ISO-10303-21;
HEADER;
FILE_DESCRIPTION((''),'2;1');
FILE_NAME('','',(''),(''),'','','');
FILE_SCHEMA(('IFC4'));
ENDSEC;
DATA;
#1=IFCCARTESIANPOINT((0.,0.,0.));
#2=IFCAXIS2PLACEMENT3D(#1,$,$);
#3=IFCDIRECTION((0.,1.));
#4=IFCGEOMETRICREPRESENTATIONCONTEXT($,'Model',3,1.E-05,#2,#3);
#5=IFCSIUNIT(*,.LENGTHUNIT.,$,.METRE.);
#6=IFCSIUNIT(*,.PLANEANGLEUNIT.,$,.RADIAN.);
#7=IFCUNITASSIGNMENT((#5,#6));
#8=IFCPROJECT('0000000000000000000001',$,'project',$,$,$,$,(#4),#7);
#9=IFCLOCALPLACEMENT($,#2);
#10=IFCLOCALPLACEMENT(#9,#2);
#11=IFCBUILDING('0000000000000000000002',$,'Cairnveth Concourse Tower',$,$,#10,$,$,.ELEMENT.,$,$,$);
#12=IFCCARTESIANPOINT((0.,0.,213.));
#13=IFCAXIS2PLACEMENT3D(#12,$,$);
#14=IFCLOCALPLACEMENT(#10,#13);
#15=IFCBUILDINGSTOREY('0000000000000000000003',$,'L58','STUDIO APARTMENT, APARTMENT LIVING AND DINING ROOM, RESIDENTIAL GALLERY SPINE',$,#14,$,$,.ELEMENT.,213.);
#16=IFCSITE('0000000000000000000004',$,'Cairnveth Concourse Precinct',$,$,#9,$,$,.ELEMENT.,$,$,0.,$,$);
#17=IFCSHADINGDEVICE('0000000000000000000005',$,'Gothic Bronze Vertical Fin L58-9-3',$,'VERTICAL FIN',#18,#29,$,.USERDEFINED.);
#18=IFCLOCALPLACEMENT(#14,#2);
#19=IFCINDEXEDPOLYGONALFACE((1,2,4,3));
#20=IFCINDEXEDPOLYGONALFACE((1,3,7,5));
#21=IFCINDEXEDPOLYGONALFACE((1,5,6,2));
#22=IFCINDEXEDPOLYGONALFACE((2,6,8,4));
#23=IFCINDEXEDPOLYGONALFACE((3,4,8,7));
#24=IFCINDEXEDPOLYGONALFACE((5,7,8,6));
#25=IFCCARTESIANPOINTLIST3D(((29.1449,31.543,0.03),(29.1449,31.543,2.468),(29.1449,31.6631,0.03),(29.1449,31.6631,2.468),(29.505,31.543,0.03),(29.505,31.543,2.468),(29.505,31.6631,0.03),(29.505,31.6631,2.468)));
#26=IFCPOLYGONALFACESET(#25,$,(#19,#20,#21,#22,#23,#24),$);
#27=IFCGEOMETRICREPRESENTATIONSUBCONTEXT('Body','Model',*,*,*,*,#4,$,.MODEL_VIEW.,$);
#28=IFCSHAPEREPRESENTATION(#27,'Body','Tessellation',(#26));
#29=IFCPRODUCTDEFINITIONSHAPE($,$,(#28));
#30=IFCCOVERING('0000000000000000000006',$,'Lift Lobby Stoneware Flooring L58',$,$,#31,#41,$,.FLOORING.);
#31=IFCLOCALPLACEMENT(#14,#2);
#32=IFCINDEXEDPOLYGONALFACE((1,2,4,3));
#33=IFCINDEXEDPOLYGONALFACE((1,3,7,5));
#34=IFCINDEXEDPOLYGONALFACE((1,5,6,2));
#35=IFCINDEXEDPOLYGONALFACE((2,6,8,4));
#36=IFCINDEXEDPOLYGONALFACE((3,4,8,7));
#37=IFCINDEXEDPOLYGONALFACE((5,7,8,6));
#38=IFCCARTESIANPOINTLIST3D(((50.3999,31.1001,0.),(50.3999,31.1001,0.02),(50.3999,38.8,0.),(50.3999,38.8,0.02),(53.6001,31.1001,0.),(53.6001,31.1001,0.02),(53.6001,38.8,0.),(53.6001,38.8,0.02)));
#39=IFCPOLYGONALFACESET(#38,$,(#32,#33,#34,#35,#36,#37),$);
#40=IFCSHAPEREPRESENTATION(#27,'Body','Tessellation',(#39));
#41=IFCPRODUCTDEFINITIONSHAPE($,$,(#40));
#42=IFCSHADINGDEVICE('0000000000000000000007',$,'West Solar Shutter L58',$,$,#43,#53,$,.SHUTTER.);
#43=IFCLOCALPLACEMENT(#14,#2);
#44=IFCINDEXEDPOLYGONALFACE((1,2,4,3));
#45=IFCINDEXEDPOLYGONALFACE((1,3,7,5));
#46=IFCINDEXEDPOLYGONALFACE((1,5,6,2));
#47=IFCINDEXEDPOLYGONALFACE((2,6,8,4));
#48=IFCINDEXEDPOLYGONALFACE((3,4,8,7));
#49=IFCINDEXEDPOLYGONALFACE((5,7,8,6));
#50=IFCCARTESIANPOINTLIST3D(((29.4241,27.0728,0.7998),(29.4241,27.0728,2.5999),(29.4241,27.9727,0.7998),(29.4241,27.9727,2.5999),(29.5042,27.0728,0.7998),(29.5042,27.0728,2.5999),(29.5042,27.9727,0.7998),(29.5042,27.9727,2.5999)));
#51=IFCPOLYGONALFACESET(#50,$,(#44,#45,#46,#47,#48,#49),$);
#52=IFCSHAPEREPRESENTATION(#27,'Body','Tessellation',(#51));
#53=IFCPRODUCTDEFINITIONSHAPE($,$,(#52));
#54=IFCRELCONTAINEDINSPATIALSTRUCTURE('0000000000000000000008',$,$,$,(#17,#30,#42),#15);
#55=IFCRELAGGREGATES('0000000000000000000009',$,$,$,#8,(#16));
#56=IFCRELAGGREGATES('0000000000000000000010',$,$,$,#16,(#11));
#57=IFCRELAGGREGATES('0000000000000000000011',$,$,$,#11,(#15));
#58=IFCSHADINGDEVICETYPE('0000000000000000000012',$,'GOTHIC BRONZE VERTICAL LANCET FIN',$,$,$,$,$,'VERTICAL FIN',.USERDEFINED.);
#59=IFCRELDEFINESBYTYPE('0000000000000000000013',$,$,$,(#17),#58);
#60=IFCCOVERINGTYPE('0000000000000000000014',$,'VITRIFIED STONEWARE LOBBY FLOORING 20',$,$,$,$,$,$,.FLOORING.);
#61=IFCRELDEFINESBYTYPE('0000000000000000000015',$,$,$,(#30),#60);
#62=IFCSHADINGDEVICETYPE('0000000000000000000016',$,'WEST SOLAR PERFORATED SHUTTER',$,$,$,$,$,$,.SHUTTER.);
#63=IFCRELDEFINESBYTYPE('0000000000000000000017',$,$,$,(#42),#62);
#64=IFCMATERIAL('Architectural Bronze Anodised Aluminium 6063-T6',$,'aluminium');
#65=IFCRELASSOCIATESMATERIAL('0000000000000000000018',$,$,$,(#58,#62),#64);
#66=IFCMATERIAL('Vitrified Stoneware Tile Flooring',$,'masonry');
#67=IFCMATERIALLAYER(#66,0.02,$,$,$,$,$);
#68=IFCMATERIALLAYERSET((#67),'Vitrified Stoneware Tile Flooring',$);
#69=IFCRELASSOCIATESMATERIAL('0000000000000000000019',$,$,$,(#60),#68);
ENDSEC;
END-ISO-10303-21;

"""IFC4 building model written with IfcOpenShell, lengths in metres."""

from ifc_helpers import new_model, si_unit, direction, frame, origin, origin_2d, place, context, subcontext, project, spatial, polyline, rectangle, outline, extrude, material, layer, layer_set, type_object, element, save


model = new_model("IFC4")

# Units and contexts
model_context = context("Model", 3, precision=1e-05, world=origin(), true_north=direction((0.0, 1.0)))
body_context = subcontext(model_context, "Body", "Model", "MODEL_VIEW")
ifc_project = project(units=[si_unit("LENGTHUNIT", "METRE"), si_unit("PLANEANGLEUNIT", "RADIAN")], contexts=[model_context])

# Site, building, storey
site_placement = place(None, origin())
site = spatial("IfcSite", under=ifc_project, at=site_placement, Name="Cairnveth Concourse Precinct", CompositionType="ELEMENT", RefElevation=0.0)
building_placement = place(site_placement, origin())
building = spatial("IfcBuilding", under=site, at=building_placement, Name="Cairnveth Concourse Tower", CompositionType="ELEMENT")
storey_placement = place(building_placement, frame((0.0, 0.0, 213.0)))
storey = spatial("IfcBuildingStorey", under=building, at=storey_placement, Name="L58", Description="STUDIO APARTMENT, APARTMENT LIVING AND DINING ROOM, RESIDENTIAL GALLERY SPINE", CompositionType="ELEMENT", Elevation=213.0)

# Shading device
ifc_material_1 = material(Name="Architectural Bronze Anodised Aluminium 6063-T6", Category="aluminium")
shading_device_type_1 = type_object("IfcShadingDeviceType", Name="GOTHIC BRONZE VERTICAL LANCET FIN", ElementType="VERTICAL FIN", PredefinedType="USERDEFINED", material=ifc_material_1)
for number, where, z_axis, x_axis, name in (
    (1, (29.325, 31.603, 0.03), (0.0, 0.0, 1.0), (0.0, 1.0, 0.0), "Gothic Bronze Vertical Fin L58-9-3"),
):
    element("IfcShadingDevice", number, at=place(storey_placement, frame(where, z_axis=z_axis, x_axis=x_axis)), inside=storey, type_object=shading_device_type_1, Name=name, ObjectType="VERTICAL FIN", PredefinedType="USERDEFINED", context=body_context, shape_type="SweptSolid", body=[
        extrude(rectangle(XDim=0.1201, YDim=0.3601, at=origin_2d()), origin(), (0.0, 0.0, 1.0), 2.438),
    ])

# Covering
ifc_material_2 = material(Name="Vitrified Stoneware Tile Flooring", Category="masonry")
ifc_layer_1 = layer(ifc_material_2, 0.02)
ifc_layer_set_1 = layer_set([ifc_layer_1], Name="Vitrified Stoneware Tile Flooring")
covering_type_1 = type_object("IfcCoveringType", Name="VITRIFIED STONEWARE LOBBY FLOORING 20", PredefinedType="FLOORING", material=ifc_layer_set_1)
covering_1_placement = place(storey_placement, origin())
element("IfcCovering", 2, at=covering_1_placement, inside=storey, type_object=covering_type_1, Name="Lift Lobby Stoneware Flooring L58", PredefinedType="FLOORING", context=body_context, shape_type="SweptSolid", body=[
    extrude(outline(polyline([(50.3999, 31.1001), (53.6001, 31.1001), (53.6001, 38.8), (50.3999, 38.8), (50.3999, 31.1001)])), origin(), (0.0, 0.0, 1.0), 0.02),
])

# Shading device
shading_device_type_2 = type_object("IfcShadingDeviceType", Name="WEST SOLAR PERFORATED SHUTTER", PredefinedType="SHUTTER", material=ifc_material_1)
shading_device_placement = place(storey_placement, frame((29.4641, 27.5227, 0.7998), z_axis=(0.0, 0.0, 1.0), x_axis=(1.0, 0.0, 0.0)))
element("IfcShadingDevice", 3, at=shading_device_placement, inside=storey, type_object=shading_device_type_2, Name="West Solar Shutter L58", PredefinedType="SHUTTER", context=body_context, shape_type="SweptSolid", body=[
    extrude(rectangle(XDim=0.0801, YDim=0.8999, at=origin_2d()), origin(), (0.0, 0.0, 1.0), 1.8),
])

save(model, "model.ifc")
